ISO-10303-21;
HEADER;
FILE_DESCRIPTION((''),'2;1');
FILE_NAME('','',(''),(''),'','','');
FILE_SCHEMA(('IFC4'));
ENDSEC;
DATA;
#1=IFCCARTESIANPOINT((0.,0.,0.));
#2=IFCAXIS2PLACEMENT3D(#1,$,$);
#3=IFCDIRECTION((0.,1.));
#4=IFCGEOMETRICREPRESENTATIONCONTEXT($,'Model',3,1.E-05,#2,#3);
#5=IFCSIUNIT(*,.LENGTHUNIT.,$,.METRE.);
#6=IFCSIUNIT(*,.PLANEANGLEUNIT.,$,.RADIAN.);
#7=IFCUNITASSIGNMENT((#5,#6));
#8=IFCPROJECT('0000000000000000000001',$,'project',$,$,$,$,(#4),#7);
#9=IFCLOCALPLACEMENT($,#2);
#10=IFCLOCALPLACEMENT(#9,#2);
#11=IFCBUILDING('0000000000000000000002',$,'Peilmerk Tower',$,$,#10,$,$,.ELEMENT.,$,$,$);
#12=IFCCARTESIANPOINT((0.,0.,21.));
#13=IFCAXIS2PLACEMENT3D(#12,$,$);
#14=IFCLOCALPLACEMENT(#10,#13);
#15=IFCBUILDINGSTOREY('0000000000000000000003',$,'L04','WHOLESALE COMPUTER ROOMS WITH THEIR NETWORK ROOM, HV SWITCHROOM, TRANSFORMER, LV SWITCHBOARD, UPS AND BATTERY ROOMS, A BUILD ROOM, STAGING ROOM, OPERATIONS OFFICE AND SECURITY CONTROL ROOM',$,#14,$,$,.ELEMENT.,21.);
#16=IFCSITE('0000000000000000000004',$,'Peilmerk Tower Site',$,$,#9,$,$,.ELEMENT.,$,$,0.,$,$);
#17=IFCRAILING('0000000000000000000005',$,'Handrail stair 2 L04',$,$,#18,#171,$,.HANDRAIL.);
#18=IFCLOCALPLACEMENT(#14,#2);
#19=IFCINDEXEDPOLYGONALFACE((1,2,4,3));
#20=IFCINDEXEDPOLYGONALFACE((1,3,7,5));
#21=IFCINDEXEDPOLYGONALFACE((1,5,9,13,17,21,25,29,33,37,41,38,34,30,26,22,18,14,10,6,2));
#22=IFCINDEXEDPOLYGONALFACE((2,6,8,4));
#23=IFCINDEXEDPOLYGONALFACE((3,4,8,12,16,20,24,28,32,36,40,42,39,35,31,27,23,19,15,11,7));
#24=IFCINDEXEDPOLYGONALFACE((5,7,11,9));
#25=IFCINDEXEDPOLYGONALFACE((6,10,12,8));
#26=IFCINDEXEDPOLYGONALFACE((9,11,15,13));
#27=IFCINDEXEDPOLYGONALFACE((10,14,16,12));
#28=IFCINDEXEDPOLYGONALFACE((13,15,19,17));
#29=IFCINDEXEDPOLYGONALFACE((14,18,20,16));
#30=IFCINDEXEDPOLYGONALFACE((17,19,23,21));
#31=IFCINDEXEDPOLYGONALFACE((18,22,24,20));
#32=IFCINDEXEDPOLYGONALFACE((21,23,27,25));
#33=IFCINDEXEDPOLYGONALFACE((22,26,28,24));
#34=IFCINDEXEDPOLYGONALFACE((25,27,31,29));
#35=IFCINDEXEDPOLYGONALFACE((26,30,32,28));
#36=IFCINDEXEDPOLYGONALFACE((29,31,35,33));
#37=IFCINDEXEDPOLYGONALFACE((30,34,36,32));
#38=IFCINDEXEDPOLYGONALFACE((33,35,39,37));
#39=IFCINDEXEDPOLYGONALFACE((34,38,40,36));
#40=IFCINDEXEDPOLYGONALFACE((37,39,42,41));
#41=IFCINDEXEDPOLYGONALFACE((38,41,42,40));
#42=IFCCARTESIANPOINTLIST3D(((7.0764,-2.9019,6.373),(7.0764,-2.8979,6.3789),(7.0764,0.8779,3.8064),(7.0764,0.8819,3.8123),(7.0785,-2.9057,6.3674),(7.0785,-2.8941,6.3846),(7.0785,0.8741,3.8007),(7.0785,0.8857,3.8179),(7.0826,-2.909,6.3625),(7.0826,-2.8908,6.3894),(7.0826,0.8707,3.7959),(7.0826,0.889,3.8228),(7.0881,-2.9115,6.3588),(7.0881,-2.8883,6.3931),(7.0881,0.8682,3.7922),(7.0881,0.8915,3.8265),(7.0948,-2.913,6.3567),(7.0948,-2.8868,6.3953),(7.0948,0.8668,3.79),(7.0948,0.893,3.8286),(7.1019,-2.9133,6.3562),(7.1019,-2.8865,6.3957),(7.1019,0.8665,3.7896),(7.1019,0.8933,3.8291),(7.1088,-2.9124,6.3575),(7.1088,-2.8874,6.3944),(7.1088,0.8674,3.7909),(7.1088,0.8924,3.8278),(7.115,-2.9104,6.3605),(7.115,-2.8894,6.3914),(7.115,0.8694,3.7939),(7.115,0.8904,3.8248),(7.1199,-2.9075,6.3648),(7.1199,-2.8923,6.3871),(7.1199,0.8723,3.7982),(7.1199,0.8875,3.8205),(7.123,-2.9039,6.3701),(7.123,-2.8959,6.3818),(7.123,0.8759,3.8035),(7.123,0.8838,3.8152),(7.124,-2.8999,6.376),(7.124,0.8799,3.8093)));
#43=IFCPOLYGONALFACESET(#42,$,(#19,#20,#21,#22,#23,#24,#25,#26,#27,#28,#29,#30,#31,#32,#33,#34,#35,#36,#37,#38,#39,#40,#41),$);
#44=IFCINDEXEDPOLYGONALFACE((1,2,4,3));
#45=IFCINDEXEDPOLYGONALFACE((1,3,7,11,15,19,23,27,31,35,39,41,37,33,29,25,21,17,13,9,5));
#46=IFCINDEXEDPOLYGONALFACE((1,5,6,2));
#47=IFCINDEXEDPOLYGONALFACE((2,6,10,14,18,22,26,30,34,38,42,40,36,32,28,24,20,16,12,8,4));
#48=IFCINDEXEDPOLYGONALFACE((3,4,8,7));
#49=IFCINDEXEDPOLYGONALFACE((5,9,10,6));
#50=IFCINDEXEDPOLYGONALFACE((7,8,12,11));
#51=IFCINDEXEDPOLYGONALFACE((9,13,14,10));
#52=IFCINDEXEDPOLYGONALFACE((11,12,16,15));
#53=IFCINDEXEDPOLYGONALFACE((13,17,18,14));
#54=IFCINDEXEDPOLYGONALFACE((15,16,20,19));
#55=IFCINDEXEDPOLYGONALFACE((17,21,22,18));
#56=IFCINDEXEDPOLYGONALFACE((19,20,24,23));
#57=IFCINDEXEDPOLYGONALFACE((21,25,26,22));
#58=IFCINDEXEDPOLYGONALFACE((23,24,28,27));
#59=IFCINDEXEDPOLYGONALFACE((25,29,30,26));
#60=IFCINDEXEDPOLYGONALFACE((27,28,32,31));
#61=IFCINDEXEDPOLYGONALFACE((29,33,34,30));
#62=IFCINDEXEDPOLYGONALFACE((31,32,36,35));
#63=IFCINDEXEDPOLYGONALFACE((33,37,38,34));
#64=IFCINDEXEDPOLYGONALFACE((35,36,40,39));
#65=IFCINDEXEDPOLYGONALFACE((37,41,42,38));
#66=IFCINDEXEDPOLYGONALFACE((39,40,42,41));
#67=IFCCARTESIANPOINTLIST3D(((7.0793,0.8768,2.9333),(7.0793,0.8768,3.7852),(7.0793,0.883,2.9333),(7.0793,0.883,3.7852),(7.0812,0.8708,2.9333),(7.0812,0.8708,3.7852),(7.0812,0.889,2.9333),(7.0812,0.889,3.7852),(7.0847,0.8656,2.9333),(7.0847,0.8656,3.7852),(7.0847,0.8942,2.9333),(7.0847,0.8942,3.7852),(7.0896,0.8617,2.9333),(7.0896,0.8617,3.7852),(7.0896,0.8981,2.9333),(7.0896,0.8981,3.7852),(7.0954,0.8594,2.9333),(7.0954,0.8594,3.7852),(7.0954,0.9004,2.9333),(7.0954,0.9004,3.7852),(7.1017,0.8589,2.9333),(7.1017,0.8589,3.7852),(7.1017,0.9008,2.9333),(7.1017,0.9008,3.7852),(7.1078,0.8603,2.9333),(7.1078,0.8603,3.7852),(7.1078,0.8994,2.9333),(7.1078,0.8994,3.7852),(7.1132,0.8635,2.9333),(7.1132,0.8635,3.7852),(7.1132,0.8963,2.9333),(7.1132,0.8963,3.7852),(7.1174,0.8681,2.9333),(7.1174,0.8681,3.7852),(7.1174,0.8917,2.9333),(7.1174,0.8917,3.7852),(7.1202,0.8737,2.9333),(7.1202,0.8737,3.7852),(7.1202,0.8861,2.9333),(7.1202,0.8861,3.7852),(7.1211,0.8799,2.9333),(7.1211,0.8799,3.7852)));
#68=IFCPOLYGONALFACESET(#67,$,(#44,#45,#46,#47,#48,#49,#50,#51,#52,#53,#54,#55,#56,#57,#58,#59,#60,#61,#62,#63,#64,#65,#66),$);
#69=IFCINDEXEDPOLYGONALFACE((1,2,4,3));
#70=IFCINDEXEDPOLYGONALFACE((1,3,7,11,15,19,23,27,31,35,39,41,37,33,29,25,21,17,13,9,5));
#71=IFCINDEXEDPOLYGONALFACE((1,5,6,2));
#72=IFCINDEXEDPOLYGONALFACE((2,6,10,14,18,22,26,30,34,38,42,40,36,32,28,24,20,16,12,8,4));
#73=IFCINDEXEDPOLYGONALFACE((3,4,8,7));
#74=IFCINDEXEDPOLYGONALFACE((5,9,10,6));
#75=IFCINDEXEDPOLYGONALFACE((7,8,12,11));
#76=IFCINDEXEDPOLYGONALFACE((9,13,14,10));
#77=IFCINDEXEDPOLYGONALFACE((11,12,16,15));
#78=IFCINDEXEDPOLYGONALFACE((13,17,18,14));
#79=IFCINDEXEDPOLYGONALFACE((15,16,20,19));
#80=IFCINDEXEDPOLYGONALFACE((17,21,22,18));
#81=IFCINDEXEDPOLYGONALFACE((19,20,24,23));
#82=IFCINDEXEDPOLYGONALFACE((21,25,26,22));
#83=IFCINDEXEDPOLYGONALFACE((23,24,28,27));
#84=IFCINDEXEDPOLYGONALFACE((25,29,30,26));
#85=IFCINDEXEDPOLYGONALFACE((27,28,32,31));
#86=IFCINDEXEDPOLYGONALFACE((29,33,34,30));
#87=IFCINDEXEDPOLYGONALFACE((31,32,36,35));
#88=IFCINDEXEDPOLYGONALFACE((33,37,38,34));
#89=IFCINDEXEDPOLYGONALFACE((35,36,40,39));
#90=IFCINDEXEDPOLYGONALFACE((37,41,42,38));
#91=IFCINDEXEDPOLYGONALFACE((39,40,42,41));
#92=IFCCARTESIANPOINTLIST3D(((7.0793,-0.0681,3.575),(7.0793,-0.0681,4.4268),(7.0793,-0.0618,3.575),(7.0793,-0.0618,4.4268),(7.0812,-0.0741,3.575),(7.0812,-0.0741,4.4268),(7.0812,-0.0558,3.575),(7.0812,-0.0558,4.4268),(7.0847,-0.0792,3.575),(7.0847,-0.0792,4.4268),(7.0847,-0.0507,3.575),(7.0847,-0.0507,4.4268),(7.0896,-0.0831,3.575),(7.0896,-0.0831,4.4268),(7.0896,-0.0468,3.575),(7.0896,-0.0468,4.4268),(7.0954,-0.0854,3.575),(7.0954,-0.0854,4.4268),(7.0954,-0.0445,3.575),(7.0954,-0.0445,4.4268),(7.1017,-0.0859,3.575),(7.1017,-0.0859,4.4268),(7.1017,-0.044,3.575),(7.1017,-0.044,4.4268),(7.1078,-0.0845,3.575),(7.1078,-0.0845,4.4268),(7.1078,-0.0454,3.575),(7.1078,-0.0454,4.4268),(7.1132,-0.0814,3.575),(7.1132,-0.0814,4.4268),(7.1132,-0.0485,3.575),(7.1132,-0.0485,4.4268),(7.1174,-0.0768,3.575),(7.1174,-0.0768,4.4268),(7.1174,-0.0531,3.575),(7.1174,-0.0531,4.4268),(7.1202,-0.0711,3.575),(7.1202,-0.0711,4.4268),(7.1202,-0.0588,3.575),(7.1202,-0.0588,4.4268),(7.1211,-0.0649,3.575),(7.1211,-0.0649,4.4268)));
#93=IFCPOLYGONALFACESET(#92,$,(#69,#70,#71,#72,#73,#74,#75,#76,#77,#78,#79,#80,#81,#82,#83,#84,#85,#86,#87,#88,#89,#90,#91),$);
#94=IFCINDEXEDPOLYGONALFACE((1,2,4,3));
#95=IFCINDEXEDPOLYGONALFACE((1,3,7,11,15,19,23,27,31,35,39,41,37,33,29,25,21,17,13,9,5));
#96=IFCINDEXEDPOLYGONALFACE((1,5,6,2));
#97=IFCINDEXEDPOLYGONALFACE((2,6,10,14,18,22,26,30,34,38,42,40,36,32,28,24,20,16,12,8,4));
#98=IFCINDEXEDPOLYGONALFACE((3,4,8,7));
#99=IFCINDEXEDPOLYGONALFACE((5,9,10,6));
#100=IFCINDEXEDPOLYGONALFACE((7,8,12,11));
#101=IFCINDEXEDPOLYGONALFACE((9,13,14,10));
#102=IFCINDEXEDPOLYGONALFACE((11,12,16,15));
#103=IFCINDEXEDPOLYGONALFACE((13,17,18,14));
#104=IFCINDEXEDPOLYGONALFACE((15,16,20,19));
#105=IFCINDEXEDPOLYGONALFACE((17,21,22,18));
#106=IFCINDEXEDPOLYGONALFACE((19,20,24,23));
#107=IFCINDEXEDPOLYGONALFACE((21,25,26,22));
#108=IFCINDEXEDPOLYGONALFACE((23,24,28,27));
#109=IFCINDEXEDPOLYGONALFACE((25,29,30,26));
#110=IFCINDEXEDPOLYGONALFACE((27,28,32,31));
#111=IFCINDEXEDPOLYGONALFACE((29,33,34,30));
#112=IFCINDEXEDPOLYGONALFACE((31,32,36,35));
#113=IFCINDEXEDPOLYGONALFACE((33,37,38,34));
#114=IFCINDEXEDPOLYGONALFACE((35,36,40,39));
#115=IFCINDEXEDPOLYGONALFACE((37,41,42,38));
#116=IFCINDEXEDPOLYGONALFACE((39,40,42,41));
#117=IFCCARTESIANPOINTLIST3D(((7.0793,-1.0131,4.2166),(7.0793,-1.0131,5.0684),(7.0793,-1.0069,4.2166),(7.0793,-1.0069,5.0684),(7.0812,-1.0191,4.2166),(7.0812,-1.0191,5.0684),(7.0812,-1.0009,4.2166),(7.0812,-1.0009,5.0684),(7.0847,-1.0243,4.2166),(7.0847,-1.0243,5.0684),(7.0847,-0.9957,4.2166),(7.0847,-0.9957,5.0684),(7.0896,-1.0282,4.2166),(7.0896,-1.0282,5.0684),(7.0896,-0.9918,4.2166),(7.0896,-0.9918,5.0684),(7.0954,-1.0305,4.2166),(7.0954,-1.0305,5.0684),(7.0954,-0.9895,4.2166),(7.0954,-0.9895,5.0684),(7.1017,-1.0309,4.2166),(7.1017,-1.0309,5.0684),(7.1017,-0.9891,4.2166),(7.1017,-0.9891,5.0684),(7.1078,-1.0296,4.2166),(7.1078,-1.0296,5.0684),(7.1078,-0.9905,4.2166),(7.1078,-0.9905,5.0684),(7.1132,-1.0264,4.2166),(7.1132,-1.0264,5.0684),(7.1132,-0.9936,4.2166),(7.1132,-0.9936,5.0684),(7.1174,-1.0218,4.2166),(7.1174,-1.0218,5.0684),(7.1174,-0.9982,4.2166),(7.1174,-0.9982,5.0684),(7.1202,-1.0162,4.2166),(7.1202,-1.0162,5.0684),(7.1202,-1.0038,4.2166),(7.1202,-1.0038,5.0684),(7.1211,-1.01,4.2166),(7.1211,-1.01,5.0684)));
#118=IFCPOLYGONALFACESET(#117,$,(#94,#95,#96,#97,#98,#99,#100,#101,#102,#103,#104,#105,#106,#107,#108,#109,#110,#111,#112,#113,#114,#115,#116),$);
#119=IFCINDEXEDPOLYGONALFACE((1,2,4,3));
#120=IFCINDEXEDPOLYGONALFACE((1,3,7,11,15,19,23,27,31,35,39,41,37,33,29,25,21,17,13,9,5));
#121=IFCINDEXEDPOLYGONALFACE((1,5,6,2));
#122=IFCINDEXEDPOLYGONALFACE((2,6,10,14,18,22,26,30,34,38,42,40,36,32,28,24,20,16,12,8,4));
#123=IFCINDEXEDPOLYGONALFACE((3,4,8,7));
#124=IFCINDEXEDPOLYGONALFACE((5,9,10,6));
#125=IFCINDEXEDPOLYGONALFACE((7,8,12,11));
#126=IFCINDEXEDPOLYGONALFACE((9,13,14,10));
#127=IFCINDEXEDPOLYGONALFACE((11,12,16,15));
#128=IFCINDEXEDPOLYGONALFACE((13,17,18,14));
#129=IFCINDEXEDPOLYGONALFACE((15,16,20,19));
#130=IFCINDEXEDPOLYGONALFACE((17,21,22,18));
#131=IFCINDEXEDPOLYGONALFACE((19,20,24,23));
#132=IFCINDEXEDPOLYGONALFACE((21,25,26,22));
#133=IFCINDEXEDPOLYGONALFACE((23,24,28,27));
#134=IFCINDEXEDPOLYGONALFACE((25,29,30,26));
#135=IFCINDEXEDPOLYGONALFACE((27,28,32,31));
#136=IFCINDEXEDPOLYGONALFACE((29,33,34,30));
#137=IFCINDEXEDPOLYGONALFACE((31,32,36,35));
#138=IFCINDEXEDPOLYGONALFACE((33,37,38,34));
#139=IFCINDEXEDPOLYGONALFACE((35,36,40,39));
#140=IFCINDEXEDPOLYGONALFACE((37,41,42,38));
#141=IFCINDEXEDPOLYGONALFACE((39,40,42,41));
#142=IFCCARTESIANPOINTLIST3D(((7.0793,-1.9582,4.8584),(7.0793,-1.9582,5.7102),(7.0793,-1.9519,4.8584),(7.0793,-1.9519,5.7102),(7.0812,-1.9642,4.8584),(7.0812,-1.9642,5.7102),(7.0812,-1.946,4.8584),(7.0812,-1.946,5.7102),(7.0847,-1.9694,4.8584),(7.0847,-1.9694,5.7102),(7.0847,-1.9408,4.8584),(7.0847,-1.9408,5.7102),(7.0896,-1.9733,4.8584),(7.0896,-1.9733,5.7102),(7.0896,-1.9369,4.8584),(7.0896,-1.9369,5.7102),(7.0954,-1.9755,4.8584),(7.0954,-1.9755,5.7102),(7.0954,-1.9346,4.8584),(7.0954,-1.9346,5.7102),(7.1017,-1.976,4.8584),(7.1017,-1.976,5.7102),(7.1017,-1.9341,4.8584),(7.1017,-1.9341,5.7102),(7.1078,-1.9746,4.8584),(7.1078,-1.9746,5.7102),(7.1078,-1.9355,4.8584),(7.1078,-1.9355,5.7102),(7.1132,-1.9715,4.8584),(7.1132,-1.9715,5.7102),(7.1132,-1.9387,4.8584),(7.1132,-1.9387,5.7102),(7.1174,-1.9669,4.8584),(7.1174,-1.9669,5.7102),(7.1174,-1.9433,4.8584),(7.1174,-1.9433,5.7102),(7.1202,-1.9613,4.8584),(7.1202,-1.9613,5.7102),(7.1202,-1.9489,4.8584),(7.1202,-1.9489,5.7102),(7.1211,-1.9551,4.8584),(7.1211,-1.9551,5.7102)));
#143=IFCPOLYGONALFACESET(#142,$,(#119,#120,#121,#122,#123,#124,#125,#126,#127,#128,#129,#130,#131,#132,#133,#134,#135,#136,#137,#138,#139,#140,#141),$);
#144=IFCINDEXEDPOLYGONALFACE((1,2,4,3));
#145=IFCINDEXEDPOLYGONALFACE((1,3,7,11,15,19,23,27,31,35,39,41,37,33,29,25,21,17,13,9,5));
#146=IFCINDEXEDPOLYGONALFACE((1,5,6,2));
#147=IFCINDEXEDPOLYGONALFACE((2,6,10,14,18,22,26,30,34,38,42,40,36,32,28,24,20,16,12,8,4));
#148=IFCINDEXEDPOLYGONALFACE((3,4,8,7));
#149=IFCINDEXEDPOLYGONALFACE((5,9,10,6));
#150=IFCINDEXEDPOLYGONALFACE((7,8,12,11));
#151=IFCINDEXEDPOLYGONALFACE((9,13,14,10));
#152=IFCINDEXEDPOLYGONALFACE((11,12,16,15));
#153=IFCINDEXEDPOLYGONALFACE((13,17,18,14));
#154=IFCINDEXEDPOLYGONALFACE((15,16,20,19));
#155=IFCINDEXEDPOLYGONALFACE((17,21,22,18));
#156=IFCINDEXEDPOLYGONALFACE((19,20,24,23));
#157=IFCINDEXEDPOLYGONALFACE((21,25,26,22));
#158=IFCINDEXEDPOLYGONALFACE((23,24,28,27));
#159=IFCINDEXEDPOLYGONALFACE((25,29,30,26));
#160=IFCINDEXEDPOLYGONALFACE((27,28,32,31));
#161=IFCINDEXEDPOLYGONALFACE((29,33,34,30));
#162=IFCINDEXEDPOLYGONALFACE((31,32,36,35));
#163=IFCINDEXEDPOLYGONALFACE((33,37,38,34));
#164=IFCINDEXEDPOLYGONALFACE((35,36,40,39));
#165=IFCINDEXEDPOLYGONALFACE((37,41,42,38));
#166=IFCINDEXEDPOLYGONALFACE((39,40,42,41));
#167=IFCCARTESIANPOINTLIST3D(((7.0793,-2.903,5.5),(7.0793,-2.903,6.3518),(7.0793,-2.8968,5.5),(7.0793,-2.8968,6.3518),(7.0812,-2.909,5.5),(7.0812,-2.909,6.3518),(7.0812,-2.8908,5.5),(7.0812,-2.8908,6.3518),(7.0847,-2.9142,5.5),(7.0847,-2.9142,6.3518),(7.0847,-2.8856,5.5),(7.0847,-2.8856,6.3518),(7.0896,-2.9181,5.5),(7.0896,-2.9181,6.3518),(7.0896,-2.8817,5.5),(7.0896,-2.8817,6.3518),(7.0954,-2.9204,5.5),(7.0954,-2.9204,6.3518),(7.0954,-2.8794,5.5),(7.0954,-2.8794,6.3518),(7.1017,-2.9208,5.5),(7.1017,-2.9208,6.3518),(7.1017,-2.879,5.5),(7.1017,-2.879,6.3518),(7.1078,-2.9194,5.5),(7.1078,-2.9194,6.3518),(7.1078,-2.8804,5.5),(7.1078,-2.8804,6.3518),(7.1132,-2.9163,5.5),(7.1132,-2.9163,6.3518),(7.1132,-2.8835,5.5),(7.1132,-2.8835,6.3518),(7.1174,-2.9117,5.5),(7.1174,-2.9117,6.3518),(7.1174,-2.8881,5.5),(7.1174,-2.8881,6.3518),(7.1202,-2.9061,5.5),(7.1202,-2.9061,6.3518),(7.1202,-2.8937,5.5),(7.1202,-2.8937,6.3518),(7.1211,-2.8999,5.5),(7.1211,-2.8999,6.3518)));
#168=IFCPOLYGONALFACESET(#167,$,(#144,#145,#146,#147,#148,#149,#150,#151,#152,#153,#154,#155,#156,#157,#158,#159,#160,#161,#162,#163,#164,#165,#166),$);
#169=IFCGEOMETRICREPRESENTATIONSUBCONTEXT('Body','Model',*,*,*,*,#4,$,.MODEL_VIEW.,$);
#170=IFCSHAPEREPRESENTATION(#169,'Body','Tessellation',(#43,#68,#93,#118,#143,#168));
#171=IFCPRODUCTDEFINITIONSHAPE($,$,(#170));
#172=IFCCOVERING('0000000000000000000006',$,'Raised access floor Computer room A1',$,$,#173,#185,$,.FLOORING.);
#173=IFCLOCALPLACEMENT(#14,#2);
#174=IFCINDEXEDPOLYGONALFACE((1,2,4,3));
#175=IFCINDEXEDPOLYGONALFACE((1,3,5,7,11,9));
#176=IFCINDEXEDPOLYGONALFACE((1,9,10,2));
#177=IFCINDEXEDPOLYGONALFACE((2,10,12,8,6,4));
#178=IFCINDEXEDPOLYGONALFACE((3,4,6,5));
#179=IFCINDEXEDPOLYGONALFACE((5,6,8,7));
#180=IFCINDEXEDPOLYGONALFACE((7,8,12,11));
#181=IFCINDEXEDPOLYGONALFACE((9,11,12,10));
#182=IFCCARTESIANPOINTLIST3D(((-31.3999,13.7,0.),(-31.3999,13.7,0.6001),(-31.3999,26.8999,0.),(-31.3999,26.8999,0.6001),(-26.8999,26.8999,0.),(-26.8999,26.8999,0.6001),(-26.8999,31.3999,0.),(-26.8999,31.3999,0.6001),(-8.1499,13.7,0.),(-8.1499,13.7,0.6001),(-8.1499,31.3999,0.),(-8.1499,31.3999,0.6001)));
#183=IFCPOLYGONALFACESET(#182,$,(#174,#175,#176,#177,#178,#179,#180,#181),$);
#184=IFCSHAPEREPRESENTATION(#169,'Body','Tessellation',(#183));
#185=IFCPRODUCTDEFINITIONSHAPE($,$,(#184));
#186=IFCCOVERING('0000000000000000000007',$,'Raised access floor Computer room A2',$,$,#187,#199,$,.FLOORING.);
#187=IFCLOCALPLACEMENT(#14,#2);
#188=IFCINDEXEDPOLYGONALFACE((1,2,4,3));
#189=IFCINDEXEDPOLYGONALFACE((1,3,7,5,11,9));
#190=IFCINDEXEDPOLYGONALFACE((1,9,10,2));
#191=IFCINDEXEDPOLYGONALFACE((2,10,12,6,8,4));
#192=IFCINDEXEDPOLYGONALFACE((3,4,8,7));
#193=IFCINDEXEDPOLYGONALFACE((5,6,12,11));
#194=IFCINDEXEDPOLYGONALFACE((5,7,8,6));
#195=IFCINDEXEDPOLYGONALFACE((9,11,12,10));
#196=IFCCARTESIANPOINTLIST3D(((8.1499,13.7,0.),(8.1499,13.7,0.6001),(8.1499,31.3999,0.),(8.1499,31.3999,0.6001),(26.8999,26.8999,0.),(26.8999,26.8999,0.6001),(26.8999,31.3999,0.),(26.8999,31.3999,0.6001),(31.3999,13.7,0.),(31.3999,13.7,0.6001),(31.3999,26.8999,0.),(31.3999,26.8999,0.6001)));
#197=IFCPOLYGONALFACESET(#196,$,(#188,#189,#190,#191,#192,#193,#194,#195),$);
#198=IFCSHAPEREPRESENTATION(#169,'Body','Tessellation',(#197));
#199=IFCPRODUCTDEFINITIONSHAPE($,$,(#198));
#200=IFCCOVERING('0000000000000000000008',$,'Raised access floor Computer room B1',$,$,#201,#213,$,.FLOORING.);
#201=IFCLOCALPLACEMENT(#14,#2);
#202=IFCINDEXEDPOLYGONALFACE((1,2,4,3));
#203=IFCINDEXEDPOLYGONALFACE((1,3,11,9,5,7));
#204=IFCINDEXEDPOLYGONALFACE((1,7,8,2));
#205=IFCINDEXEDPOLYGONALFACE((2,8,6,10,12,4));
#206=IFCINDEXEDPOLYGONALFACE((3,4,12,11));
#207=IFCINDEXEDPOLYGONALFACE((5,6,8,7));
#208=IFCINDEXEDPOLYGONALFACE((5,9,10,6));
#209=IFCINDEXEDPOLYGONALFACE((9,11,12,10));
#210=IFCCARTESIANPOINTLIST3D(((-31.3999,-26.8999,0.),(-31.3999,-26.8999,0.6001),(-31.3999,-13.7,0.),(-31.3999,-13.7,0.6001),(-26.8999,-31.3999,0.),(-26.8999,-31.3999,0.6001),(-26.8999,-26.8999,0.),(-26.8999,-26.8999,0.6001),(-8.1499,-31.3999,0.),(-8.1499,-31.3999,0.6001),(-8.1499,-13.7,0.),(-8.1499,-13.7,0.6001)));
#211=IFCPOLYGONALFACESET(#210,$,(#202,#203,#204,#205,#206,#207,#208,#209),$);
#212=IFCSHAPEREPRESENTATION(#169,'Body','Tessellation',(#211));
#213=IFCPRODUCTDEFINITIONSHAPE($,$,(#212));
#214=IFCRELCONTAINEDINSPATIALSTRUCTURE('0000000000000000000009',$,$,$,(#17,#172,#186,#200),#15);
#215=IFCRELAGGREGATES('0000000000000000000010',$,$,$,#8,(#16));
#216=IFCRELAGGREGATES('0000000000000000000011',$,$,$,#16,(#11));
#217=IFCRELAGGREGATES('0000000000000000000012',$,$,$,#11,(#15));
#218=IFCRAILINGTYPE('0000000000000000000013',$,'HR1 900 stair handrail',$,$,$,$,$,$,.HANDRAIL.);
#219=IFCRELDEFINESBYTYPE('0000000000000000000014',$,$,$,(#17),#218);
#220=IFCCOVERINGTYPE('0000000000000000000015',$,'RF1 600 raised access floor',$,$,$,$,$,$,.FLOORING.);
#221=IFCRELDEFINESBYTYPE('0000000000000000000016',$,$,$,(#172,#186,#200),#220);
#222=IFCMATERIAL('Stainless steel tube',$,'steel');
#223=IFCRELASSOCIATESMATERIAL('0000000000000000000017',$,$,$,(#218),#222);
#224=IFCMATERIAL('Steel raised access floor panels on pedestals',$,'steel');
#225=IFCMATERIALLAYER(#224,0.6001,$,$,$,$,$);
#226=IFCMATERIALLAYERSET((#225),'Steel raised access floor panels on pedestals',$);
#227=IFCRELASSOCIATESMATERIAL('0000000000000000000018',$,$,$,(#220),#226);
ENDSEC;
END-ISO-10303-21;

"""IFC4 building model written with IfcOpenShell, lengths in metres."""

from ifc_helpers import new_model, si_unit, direction, frame, origin, origin_2d, place, context, subcontext, project, spatial, polyline, circle, outline, extrude, material, layer, layer_set, type_object, element, save


model = new_model("IFC4")

# Units and contexts
model_context = context("Model", 3, precision=1e-05, world=origin(), true_north=direction((0.0, 1.0)))
body_context = subcontext(model_context, "Body", "Model", "MODEL_VIEW")
ifc_project = project(units=[si_unit("LENGTHUNIT", "METRE"), si_unit("PLANEANGLEUNIT", "RADIAN")], contexts=[model_context])

# Site, building, storey
site_placement = place(None, origin())
site = spatial("IfcSite", under=ifc_project, at=site_placement, Name="Peilmerk Tower Site", CompositionType="ELEMENT", RefElevation=0.0)
building_placement = place(site_placement, origin())
building = spatial("IfcBuilding", under=site, at=building_placement, Name="Peilmerk Tower", CompositionType="ELEMENT")
storey_placement = place(building_placement, frame((0.0, 0.0, 21.0)))
storey = spatial("IfcBuildingStorey", under=building, at=storey_placement, Name="L04", Description="WHOLESALE COMPUTER ROOMS WITH THEIR NETWORK ROOM, HV SWITCHROOM, TRANSFORMER, LV SWITCHBOARD, UPS AND BATTERY ROOMS, A BUILD ROOM, STAGING ROOM, OPERATIONS OFFICE AND SECURITY CONTROL ROOM", CompositionType="ELEMENT", Elevation=21.0)

# Railing
ifc_material_1 = material(Name="Stainless steel tube", Category="steel")
railing_type_1 = type_object("IfcRailingType", Name="HR1 900 stair handrail", PredefinedType="HANDRAIL", material=ifc_material_1)
railing_1_placement = place(storey_placement, frame((7.1001, 0.8799, 2.9333)))
element("IfcRailing", 1, at=railing_1_placement, inside=storey, type_object=railing_type_1, Name="Handrail stair 2 L04", PredefinedType="HANDRAIL", context=body_context, shape_type="SweptSolid", body=[
    extrude(circle(Radius=0.0239, at=origin_2d()), frame((0.0, 0.0, 0.876), z_axis=(0.0, -0.827293, 0.561771), x_axis=(1.0, 0.0, 0.0)), (0.0, 0.0, 1.0), 4.5688),
    extrude(circle(Radius=0.021, at=origin_2d()), origin(), (0.0, 0.0, 1.0), 0.8518),
    extrude(circle(Radius=0.021, at=origin_2d()), frame((0.0, -0.9448, 0.6416)), (0.0, 0.0, 1.0), 0.8518),
    extrude(circle(Radius=0.021, at=origin_2d()), frame((0.0, -1.8899, 1.2832)), (0.0, 0.0, 1.0), 0.8518),
    extrude(circle(Radius=0.021, at=origin_2d()), frame((0.0, -2.835, 1.925)), (0.0, 0.0, 1.0), 0.8518),
    extrude(circle(Radius=0.021, at=origin_2d()), frame((0.0, -3.7798, 2.5667)), (0.0, 0.0, 1.0), 0.8518),
])

# Coverings
ifc_material_2 = material(Name="Steel raised access floor panels on pedestals", Category="steel")
ifc_layer_1 = layer(ifc_material_2, 0.6001)
ifc_layer_set_1 = layer_set([ifc_layer_1], Name="Steel raised access floor panels on pedestals")
covering_type_1 = type_object("IfcCoveringType", Name="RF1 600 raised access floor", PredefinedType="FLOORING", material=ifc_layer_set_1)
covering_1_placement = place(storey_placement, origin())
element("IfcCovering", 2, at=covering_1_placement, inside=storey, type_object=covering_type_1, Name="Raised access floor Computer room A1", PredefinedType="FLOORING", context=body_context, shape_type="SweptSolid", body=[
    extrude(outline(polyline([(-31.3999, 26.8999), (-31.3999, 13.7), (-8.1499, 13.7), (-8.1499, 31.3999), (-26.8999, 31.3999), (-26.8999, 26.8999), (-31.3999, 26.8999)])), origin(), (0.0, 0.0, 1.0), 0.6001),
])
covering_2_placement = place(storey_placement, origin())
element("IfcCovering", 3, at=covering_2_placement, inside=storey, type_object=covering_type_1, Name="Raised access floor Computer room A2", PredefinedType="FLOORING", context=body_context, shape_type="SweptSolid", body=[
    extrude(outline(polyline([(26.8999, 31.3999), (8.1499, 31.3999), (8.1499, 13.7), (31.3999, 13.7), (31.3999, 26.8999), (26.8999, 26.8999), (26.8999, 31.3999)])), origin(), (0.0, 0.0, 1.0), 0.6001),
])
covering_3_placement = place(storey_placement, origin())
element("IfcCovering", 4, at=covering_3_placement, inside=storey, type_object=covering_type_1, Name="Raised access floor Computer room B1", PredefinedType="FLOORING", context=body_context, shape_type="SweptSolid", body=[
    extrude(outline(polyline([(-26.8999, -31.3999), (-8.1499, -31.3999), (-8.1499, -13.7), (-31.3999, -13.7), (-31.3999, -26.8999), (-26.8999, -26.8999), (-26.8999, -31.3999)])), origin(), (0.0, 0.0, 1.0), 0.6001),
])

save(model, "model.ifc")
